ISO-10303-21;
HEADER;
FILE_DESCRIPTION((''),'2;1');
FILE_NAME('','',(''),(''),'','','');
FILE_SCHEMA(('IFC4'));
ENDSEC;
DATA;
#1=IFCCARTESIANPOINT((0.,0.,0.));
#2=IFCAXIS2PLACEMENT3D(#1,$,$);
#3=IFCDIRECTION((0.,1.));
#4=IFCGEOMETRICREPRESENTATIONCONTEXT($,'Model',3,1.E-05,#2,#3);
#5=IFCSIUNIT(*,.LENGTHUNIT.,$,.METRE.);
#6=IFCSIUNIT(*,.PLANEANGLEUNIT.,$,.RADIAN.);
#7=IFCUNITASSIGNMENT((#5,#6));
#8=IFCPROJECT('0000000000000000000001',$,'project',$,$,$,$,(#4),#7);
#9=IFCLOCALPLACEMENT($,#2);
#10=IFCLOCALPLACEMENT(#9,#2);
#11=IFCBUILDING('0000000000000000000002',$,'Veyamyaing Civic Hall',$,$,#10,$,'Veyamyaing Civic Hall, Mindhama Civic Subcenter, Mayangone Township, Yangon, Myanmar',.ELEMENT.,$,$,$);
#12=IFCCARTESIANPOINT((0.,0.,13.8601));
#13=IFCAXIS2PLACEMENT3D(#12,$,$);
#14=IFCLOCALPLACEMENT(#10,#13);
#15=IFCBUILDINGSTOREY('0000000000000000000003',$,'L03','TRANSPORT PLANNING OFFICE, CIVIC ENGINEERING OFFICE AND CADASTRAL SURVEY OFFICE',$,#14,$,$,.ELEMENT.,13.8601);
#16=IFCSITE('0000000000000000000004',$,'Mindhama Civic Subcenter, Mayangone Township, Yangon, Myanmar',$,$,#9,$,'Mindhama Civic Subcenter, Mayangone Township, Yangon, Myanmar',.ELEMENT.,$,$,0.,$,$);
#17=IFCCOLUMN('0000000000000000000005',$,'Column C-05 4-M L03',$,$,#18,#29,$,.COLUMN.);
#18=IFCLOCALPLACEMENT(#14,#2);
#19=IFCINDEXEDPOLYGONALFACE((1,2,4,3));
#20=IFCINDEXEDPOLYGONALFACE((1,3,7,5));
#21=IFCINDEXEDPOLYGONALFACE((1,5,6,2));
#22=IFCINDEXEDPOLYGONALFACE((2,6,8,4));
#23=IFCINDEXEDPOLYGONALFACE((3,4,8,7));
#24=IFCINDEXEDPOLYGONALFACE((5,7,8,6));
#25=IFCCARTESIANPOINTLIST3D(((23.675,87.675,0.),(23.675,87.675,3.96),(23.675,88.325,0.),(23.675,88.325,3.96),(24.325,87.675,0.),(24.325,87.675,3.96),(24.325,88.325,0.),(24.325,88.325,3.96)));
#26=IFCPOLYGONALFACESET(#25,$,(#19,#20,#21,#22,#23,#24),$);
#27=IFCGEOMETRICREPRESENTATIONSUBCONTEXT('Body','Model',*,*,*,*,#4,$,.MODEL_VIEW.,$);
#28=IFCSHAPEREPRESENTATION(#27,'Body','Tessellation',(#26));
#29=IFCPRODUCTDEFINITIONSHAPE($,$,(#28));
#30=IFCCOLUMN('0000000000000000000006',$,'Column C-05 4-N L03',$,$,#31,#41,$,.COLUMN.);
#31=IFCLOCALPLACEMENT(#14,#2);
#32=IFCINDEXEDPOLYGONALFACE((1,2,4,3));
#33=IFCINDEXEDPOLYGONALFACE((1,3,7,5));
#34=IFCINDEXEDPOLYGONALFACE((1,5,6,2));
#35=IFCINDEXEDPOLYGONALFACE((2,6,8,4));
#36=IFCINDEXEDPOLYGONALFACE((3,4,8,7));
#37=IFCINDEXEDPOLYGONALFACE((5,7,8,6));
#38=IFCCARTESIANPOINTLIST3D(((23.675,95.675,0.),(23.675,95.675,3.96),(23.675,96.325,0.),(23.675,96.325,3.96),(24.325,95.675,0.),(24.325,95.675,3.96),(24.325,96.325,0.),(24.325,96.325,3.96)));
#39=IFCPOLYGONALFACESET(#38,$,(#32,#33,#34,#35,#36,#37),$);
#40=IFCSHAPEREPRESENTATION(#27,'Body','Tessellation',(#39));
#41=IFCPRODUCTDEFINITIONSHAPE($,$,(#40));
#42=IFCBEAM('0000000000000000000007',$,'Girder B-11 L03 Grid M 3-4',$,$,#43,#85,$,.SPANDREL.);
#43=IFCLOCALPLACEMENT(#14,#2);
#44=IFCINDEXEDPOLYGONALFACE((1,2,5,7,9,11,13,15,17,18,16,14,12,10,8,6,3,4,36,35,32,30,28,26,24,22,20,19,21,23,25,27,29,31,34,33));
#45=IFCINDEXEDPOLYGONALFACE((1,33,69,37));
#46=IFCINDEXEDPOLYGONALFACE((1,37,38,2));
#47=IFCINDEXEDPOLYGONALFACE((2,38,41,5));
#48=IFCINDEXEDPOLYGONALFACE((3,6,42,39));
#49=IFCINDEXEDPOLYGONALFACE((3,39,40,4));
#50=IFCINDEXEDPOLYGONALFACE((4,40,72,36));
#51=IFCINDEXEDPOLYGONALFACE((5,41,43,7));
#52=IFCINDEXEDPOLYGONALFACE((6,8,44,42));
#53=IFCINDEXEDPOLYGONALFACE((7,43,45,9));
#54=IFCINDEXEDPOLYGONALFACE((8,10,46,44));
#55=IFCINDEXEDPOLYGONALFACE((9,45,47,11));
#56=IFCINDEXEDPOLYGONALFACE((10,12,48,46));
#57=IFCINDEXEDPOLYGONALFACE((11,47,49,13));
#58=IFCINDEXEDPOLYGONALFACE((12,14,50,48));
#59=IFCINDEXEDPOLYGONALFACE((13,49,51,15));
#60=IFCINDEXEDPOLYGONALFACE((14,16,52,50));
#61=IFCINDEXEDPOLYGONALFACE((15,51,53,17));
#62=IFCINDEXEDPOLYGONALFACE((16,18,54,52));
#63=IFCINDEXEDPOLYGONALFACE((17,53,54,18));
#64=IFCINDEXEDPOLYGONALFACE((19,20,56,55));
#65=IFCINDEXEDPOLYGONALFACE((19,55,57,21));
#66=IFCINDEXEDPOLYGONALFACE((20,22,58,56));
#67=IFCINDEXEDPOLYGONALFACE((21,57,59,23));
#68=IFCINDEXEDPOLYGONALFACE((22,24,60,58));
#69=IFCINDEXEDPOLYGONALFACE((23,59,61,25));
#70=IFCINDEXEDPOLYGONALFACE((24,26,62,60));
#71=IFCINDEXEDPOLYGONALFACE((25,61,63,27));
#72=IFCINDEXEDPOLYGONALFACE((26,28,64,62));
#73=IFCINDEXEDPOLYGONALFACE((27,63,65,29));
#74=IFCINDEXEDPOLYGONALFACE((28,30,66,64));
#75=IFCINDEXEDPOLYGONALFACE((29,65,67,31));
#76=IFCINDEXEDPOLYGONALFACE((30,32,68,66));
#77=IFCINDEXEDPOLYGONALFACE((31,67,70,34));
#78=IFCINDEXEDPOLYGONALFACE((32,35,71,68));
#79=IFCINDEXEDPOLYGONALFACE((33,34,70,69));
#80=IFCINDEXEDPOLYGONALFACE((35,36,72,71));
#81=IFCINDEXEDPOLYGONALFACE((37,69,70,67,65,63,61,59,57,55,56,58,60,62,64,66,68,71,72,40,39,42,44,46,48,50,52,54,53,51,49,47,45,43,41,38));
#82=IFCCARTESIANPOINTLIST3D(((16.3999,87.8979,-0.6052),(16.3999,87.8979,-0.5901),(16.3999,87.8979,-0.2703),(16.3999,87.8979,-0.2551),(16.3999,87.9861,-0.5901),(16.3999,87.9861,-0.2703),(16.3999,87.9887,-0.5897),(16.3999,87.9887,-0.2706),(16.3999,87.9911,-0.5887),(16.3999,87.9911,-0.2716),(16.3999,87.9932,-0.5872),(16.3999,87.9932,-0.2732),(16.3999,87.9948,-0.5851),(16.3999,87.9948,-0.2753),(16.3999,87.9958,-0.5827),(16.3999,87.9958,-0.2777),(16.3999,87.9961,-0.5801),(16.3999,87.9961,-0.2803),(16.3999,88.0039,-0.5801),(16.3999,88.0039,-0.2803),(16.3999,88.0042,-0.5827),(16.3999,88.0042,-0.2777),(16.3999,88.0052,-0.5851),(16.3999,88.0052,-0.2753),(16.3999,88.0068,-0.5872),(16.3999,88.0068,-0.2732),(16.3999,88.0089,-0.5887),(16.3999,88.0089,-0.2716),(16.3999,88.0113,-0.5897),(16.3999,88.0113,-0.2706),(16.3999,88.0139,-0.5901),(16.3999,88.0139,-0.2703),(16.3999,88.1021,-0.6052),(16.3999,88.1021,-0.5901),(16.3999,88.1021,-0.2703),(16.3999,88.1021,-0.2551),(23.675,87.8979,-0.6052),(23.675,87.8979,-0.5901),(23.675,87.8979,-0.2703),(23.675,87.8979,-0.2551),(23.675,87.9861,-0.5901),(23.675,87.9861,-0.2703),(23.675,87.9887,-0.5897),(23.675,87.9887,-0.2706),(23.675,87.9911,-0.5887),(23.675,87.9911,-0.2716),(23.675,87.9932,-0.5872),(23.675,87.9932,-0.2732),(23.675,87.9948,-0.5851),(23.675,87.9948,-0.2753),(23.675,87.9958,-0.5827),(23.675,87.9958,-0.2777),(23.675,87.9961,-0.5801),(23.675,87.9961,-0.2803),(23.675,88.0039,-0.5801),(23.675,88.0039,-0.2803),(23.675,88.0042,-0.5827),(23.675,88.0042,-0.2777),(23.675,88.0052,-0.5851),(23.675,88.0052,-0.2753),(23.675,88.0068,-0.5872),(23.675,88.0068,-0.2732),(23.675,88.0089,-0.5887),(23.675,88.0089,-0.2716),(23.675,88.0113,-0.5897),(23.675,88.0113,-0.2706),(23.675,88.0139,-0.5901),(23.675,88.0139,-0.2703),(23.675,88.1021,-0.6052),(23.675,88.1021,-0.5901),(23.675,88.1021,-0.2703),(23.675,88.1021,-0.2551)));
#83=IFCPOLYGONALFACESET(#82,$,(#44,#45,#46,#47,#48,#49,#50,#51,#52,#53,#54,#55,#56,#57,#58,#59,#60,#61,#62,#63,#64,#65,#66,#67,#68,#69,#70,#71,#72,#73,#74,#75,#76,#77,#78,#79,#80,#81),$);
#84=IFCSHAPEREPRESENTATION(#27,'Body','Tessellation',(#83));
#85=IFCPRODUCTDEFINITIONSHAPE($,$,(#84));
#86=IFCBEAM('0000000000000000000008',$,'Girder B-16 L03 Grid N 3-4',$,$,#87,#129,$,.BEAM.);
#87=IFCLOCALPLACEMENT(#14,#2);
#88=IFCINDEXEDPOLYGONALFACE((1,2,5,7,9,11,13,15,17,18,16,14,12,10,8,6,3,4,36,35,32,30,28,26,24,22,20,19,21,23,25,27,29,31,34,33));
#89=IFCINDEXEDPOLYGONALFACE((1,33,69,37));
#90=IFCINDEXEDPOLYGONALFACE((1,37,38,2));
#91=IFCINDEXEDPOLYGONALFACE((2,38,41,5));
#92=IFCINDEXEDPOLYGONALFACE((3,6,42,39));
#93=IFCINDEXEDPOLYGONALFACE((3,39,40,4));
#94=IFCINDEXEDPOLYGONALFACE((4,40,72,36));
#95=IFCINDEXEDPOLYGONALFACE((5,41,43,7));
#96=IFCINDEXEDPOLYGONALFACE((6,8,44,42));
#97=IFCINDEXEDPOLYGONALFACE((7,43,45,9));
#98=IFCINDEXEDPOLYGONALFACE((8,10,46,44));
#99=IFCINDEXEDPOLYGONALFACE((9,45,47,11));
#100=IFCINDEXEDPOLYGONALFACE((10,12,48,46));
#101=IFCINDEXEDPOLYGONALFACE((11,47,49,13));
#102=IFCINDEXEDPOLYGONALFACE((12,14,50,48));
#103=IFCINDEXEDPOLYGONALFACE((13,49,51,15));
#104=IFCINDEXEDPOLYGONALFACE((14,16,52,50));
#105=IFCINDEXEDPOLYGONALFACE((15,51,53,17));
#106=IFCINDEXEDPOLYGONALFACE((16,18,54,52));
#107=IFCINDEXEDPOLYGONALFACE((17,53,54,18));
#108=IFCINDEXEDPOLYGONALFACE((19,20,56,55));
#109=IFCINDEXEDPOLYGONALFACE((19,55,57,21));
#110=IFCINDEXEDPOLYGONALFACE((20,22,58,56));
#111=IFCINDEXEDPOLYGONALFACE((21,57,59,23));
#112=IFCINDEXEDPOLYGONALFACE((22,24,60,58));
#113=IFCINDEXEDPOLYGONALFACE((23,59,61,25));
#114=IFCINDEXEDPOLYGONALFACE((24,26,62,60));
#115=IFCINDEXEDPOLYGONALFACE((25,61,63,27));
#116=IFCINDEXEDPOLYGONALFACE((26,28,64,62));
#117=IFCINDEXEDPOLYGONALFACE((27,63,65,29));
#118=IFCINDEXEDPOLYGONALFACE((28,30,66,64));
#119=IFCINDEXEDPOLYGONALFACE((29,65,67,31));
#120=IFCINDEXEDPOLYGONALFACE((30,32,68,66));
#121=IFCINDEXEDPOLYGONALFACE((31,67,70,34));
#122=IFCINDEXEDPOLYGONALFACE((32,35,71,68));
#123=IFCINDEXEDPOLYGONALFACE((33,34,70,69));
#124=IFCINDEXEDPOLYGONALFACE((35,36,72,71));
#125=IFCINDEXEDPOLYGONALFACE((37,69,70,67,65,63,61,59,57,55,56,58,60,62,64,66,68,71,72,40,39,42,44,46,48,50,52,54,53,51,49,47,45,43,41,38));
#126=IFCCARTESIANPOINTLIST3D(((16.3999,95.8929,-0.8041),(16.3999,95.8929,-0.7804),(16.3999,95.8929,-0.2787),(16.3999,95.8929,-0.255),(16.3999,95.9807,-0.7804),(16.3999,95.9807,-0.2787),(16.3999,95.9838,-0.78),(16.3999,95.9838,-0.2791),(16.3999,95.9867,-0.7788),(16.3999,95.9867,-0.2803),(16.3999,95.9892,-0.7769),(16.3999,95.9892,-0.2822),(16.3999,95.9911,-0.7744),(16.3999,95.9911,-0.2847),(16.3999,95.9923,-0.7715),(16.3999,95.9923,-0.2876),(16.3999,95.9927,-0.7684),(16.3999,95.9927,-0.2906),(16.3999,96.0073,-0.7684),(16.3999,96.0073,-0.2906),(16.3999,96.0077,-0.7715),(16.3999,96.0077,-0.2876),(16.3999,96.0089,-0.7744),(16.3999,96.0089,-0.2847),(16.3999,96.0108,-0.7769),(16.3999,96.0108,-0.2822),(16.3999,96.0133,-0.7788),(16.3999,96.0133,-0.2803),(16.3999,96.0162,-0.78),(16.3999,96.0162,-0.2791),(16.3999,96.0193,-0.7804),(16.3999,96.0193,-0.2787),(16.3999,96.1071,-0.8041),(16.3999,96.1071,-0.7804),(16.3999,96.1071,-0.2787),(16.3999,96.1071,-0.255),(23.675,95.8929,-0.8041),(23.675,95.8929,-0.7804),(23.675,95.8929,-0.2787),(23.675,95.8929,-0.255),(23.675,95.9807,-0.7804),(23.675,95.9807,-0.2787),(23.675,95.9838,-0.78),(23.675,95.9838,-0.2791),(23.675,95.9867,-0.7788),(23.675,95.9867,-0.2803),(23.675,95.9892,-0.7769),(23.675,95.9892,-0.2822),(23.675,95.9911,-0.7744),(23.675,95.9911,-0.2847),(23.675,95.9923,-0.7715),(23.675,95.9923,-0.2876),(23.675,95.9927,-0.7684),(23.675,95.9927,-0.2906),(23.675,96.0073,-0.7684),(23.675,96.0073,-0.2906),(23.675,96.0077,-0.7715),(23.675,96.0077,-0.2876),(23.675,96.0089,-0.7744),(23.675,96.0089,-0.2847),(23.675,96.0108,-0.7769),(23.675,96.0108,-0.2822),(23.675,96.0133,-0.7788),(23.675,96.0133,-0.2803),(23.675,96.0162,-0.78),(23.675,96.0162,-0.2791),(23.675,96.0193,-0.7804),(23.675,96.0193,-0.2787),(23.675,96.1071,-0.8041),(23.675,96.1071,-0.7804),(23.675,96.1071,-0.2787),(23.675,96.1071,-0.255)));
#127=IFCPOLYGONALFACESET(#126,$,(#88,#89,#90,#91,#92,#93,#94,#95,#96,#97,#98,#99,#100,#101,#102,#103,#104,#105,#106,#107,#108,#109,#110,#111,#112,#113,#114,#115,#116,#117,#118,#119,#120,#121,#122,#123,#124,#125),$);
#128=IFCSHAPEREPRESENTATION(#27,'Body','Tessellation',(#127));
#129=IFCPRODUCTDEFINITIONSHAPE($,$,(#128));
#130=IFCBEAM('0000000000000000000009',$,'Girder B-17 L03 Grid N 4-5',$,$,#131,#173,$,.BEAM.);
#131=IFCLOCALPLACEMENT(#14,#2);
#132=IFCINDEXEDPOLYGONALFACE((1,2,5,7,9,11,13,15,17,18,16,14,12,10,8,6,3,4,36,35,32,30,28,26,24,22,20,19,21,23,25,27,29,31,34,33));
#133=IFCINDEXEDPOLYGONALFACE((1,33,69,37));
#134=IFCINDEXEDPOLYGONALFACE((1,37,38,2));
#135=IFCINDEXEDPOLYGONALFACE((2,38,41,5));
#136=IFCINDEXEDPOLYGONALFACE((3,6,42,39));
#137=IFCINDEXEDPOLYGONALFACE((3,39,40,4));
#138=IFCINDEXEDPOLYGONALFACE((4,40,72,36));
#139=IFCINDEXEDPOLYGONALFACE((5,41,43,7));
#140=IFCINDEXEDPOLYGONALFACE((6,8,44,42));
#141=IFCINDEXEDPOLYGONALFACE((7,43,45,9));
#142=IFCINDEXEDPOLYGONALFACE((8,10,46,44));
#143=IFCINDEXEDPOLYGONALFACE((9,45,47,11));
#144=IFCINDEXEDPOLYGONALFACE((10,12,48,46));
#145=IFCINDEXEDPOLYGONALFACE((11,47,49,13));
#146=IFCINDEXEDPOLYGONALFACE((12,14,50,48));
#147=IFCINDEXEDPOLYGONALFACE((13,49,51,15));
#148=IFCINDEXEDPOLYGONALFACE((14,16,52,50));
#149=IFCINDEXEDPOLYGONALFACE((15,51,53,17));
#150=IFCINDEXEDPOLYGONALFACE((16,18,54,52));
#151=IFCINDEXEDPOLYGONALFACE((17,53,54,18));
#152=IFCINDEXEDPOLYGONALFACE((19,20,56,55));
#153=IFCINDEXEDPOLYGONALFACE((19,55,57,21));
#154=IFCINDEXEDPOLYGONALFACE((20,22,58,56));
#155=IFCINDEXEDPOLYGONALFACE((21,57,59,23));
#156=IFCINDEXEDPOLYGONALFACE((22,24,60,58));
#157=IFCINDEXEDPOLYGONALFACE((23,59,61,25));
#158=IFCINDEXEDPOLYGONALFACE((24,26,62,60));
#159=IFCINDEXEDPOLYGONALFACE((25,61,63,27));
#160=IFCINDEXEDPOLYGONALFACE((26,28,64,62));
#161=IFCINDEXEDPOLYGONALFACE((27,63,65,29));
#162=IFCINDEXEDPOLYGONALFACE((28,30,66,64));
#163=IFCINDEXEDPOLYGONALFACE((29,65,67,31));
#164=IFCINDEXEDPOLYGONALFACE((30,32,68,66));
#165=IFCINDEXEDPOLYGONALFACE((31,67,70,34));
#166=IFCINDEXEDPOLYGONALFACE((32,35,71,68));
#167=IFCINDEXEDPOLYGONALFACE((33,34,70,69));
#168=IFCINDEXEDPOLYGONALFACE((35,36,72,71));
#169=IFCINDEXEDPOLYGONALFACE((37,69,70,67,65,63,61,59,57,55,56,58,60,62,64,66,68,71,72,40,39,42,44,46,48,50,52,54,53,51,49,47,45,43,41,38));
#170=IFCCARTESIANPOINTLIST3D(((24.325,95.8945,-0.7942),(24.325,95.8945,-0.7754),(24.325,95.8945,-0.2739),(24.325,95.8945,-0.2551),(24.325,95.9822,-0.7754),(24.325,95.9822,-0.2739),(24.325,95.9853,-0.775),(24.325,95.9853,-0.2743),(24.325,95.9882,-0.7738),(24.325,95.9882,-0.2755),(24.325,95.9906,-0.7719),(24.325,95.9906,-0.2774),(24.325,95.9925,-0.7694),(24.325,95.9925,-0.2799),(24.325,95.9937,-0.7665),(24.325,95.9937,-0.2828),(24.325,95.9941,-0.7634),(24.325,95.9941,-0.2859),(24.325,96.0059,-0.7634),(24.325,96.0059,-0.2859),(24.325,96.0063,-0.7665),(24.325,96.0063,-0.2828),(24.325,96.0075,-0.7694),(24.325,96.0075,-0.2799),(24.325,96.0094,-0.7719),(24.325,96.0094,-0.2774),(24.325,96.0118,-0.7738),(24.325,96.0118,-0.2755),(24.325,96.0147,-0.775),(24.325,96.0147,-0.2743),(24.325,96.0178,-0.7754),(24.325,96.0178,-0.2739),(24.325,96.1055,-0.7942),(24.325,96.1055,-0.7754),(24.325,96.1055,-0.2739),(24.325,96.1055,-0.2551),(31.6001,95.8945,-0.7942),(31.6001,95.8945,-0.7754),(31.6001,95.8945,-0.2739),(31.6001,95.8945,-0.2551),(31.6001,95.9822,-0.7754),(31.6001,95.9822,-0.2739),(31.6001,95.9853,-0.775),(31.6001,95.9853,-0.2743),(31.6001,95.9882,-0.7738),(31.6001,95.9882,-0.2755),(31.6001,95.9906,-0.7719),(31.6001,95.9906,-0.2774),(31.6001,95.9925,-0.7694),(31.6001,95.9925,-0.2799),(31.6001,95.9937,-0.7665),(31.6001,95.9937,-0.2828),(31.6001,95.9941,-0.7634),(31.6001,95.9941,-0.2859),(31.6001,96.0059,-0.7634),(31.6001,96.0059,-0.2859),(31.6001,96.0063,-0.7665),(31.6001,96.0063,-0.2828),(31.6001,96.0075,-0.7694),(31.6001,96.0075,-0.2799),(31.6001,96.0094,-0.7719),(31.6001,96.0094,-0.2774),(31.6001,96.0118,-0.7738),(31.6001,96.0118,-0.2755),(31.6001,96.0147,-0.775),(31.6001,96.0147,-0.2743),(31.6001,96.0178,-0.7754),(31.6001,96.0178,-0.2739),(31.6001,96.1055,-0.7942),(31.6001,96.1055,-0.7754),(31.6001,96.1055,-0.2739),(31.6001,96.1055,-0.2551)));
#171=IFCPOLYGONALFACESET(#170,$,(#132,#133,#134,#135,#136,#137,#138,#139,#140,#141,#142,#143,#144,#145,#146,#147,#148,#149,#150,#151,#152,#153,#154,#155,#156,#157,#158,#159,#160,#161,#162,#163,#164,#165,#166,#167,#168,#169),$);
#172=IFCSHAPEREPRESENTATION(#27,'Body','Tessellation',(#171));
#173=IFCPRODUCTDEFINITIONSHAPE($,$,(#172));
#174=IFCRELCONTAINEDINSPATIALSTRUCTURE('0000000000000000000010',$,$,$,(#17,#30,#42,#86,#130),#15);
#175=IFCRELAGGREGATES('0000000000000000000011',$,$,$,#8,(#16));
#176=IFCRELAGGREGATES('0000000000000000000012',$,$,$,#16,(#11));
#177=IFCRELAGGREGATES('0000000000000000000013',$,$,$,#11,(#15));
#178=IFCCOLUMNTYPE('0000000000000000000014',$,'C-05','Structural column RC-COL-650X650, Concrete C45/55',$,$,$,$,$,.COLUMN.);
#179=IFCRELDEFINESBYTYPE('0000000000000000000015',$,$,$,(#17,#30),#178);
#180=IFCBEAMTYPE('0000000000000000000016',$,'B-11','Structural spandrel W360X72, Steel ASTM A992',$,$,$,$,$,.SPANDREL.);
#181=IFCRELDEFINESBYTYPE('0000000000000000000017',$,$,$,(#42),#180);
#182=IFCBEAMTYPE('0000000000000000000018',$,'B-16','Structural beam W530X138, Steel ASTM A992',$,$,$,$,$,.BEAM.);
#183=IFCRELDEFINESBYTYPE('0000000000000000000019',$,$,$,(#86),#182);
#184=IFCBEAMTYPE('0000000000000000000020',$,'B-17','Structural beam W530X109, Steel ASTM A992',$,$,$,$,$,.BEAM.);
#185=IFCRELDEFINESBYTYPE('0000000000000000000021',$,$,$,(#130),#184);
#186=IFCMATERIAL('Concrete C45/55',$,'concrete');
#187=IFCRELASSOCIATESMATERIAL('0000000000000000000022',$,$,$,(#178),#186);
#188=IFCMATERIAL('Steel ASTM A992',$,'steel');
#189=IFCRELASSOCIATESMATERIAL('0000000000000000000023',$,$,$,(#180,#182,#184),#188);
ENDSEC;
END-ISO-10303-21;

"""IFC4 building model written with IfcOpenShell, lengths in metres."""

from ifc_helpers import new_model, si_unit, direction, frame, origin, origin_2d, place, context, subcontext, project, spatial, rectangle, i_section, extrude, material, material_profile, profile_set, type_object, element, save


model = new_model("IFC4")

# Units and contexts
model_context = context("Model", 3, precision=1e-05, world=origin(), true_north=direction((0.0, 1.0)))
body_context = subcontext(model_context, "Body", "Model", "MODEL_VIEW")
ifc_project = project(units=[si_unit("LENGTHUNIT", "METRE"), si_unit("PLANEANGLEUNIT", "RADIAN")], contexts=[model_context])

# Site, building, storey
site_placement = place(None, origin())
site = spatial("IfcSite", under=ifc_project, at=site_placement, Name="Mindhama Civic Subcenter, Mayangone Township, Yangon, Myanmar", LongName="Mindhama Civic Subcenter, Mayangone Township, Yangon, Myanmar", CompositionType="ELEMENT", RefElevation=0.0)
building_placement = place(site_placement, origin())
building = spatial("IfcBuilding", under=site, at=building_placement, Name="Veyamyaing Civic Hall", LongName="Veyamyaing Civic Hall, Mindhama Civic Subcenter, Mayangone Township, Yangon, Myanmar", CompositionType="ELEMENT")
storey_placement = place(building_placement, frame((0.0, 0.0, 13.8601)))
storey = spatial("IfcBuildingStorey", under=building, at=storey_placement, Name="L03", Description="TRANSPORT PLANNING OFFICE, CIVIC ENGINEERING OFFICE AND CADASTRAL SURVEY OFFICE", CompositionType="ELEMENT", Elevation=13.8601)

# Columns
ifc_material_1 = material(Name="Concrete C45/55", Category="concrete")
ifc_material_profile_1 = material_profile(ifc_material_1, rectangle(XDim=0.6499, YDim=0.6499, at=origin_2d()), Name="RC-COL-650X650")
ifc_profile_set_1 = profile_set([ifc_material_profile_1], Name="Concrete C45/55")
column_type = type_object("IfcColumnType", Name="C-05", Description="Structural column RC-COL-650X650, Concrete C45/55", PredefinedType="COLUMN", material=ifc_profile_set_1)
for number, where, z_axis, x_axis, name in (
    (1, (24.0, 88.0, 0.0), (0.0, 0.0, 1.0), (1.0, 0.0, 0.0), "Column C-05 4-M L03"),
    (2, (24.0, 96.0, 0.0), (0.0, 0.0, 1.0), (1.0, 0.0, 0.0), "Column C-05 4-N L03"),
):
    element("IfcColumn", number, at=place(storey_placement, frame(where, z_axis=z_axis, x_axis=x_axis)), inside=storey, type_object=column_type, Name=name, PredefinedType="COLUMN", context=body_context, shape_type="SweptSolid", body=[
        extrude(rectangle(XDim=0.6499, YDim=0.6499, at=origin_2d()), origin(), (0.0, 0.0, 1.0), 3.96),
    ])

# Beams
ifc_material_2 = material(Name="Steel ASTM A992", Category="steel")
ifc_material_profile_2 = material_profile(ifc_material_2, i_section(OverallWidth=0.2041, OverallDepth=0.3501, WebThickness=0.0078, FlangeThickness=0.0151, FilletRadius=0.01, at=origin_2d()), Name="W360X72")
ifc_profile_set_2 = profile_set([ifc_material_profile_2], Name="Steel ASTM A992")
beam_type_1 = type_object("IfcBeamType", Name="B-11", Description="Structural spandrel W360X72, Steel ASTM A992", PredefinedType="SPANDREL", material=ifc_profile_set_2)
beam_1_placement = place(storey_placement, frame((16.3999, 88.0, -0.4302), z_axis=(1.0, 0.0, 0.0), x_axis=(0.0, 1.0, 0.0)))
element("IfcBeam", 3, at=beam_1_placement, inside=storey, type_object=beam_type_1, Name="Girder B-11 L03 Grid M 3-4", PredefinedType="SPANDREL", context=body_context, shape_type="SweptSolid", body=[
    extrude(i_section(OverallWidth=0.2041, OverallDepth=0.3501, WebThickness=0.0078, FlangeThickness=0.0151, FilletRadius=0.01, at=origin_2d()), origin(), (0.0, 0.0, 1.0), 7.2751),
])
ifc_material_profile_3 = material_profile(ifc_material_2, i_section(OverallWidth=0.2141, OverallDepth=0.5491, WebThickness=0.0146, FlangeThickness=0.0237, FilletRadius=0.012, at=origin_2d()), Name="W530X138")
ifc_profile_set_3 = profile_set([ifc_material_profile_3], Name="Steel ASTM A992")
beam_type_2 = type_object("IfcBeamType", Name="B-16", Description="Structural beam W530X138, Steel ASTM A992", PredefinedType="BEAM", material=ifc_profile_set_3)
beam_2_placement = place(storey_placement, frame((16.3999, 96.0, -0.5295), z_axis=(1.0, 0.0, 0.0), x_axis=(0.0, 1.0, 0.0)))
element("IfcBeam", 4, at=beam_2_placement, inside=storey, type_object=beam_type_2, Name="Girder B-16 L03 Grid N 3-4", PredefinedType="BEAM", context=body_context, shape_type="SweptSolid", body=[
    extrude(i_section(OverallWidth=0.2141, OverallDepth=0.5491, WebThickness=0.0146, FlangeThickness=0.0237, FilletRadius=0.012, at=origin_2d()), origin(), (0.0, 0.0, 1.0), 7.2751),
])
ifc_material_profile_4 = material_profile(ifc_material_2, i_section(OverallWidth=0.2109, OverallDepth=0.5391, WebThickness=0.0117, FlangeThickness=0.0188, FilletRadius=0.012, at=origin_2d()), Name="W530X109")
ifc_profile_set_4 = profile_set([ifc_material_profile_4], Name="Steel ASTM A992")
beam_type_3 = type_object("IfcBeamType", Name="B-17", Description="Structural beam W530X109, Steel ASTM A992", PredefinedType="BEAM", material=ifc_profile_set_4)
beam_3_placement = place(storey_placement, frame((24.325, 96.0, -0.5247), z_axis=(1.0, 0.0, 0.0), x_axis=(0.0, 1.0, 0.0)))
element("IfcBeam", 5, at=beam_3_placement, inside=storey, type_object=beam_type_3, Name="Girder B-17 L03 Grid N 4-5", PredefinedType="BEAM", context=body_context, shape_type="SweptSolid", body=[
    extrude(i_section(OverallWidth=0.2109, OverallDepth=0.5391, WebThickness=0.0117, FlangeThickness=0.0188, FilletRadius=0.012, at=origin_2d()), origin(), (0.0, 0.0, 1.0), 7.2751),
])

save(model, "model.ifc")
